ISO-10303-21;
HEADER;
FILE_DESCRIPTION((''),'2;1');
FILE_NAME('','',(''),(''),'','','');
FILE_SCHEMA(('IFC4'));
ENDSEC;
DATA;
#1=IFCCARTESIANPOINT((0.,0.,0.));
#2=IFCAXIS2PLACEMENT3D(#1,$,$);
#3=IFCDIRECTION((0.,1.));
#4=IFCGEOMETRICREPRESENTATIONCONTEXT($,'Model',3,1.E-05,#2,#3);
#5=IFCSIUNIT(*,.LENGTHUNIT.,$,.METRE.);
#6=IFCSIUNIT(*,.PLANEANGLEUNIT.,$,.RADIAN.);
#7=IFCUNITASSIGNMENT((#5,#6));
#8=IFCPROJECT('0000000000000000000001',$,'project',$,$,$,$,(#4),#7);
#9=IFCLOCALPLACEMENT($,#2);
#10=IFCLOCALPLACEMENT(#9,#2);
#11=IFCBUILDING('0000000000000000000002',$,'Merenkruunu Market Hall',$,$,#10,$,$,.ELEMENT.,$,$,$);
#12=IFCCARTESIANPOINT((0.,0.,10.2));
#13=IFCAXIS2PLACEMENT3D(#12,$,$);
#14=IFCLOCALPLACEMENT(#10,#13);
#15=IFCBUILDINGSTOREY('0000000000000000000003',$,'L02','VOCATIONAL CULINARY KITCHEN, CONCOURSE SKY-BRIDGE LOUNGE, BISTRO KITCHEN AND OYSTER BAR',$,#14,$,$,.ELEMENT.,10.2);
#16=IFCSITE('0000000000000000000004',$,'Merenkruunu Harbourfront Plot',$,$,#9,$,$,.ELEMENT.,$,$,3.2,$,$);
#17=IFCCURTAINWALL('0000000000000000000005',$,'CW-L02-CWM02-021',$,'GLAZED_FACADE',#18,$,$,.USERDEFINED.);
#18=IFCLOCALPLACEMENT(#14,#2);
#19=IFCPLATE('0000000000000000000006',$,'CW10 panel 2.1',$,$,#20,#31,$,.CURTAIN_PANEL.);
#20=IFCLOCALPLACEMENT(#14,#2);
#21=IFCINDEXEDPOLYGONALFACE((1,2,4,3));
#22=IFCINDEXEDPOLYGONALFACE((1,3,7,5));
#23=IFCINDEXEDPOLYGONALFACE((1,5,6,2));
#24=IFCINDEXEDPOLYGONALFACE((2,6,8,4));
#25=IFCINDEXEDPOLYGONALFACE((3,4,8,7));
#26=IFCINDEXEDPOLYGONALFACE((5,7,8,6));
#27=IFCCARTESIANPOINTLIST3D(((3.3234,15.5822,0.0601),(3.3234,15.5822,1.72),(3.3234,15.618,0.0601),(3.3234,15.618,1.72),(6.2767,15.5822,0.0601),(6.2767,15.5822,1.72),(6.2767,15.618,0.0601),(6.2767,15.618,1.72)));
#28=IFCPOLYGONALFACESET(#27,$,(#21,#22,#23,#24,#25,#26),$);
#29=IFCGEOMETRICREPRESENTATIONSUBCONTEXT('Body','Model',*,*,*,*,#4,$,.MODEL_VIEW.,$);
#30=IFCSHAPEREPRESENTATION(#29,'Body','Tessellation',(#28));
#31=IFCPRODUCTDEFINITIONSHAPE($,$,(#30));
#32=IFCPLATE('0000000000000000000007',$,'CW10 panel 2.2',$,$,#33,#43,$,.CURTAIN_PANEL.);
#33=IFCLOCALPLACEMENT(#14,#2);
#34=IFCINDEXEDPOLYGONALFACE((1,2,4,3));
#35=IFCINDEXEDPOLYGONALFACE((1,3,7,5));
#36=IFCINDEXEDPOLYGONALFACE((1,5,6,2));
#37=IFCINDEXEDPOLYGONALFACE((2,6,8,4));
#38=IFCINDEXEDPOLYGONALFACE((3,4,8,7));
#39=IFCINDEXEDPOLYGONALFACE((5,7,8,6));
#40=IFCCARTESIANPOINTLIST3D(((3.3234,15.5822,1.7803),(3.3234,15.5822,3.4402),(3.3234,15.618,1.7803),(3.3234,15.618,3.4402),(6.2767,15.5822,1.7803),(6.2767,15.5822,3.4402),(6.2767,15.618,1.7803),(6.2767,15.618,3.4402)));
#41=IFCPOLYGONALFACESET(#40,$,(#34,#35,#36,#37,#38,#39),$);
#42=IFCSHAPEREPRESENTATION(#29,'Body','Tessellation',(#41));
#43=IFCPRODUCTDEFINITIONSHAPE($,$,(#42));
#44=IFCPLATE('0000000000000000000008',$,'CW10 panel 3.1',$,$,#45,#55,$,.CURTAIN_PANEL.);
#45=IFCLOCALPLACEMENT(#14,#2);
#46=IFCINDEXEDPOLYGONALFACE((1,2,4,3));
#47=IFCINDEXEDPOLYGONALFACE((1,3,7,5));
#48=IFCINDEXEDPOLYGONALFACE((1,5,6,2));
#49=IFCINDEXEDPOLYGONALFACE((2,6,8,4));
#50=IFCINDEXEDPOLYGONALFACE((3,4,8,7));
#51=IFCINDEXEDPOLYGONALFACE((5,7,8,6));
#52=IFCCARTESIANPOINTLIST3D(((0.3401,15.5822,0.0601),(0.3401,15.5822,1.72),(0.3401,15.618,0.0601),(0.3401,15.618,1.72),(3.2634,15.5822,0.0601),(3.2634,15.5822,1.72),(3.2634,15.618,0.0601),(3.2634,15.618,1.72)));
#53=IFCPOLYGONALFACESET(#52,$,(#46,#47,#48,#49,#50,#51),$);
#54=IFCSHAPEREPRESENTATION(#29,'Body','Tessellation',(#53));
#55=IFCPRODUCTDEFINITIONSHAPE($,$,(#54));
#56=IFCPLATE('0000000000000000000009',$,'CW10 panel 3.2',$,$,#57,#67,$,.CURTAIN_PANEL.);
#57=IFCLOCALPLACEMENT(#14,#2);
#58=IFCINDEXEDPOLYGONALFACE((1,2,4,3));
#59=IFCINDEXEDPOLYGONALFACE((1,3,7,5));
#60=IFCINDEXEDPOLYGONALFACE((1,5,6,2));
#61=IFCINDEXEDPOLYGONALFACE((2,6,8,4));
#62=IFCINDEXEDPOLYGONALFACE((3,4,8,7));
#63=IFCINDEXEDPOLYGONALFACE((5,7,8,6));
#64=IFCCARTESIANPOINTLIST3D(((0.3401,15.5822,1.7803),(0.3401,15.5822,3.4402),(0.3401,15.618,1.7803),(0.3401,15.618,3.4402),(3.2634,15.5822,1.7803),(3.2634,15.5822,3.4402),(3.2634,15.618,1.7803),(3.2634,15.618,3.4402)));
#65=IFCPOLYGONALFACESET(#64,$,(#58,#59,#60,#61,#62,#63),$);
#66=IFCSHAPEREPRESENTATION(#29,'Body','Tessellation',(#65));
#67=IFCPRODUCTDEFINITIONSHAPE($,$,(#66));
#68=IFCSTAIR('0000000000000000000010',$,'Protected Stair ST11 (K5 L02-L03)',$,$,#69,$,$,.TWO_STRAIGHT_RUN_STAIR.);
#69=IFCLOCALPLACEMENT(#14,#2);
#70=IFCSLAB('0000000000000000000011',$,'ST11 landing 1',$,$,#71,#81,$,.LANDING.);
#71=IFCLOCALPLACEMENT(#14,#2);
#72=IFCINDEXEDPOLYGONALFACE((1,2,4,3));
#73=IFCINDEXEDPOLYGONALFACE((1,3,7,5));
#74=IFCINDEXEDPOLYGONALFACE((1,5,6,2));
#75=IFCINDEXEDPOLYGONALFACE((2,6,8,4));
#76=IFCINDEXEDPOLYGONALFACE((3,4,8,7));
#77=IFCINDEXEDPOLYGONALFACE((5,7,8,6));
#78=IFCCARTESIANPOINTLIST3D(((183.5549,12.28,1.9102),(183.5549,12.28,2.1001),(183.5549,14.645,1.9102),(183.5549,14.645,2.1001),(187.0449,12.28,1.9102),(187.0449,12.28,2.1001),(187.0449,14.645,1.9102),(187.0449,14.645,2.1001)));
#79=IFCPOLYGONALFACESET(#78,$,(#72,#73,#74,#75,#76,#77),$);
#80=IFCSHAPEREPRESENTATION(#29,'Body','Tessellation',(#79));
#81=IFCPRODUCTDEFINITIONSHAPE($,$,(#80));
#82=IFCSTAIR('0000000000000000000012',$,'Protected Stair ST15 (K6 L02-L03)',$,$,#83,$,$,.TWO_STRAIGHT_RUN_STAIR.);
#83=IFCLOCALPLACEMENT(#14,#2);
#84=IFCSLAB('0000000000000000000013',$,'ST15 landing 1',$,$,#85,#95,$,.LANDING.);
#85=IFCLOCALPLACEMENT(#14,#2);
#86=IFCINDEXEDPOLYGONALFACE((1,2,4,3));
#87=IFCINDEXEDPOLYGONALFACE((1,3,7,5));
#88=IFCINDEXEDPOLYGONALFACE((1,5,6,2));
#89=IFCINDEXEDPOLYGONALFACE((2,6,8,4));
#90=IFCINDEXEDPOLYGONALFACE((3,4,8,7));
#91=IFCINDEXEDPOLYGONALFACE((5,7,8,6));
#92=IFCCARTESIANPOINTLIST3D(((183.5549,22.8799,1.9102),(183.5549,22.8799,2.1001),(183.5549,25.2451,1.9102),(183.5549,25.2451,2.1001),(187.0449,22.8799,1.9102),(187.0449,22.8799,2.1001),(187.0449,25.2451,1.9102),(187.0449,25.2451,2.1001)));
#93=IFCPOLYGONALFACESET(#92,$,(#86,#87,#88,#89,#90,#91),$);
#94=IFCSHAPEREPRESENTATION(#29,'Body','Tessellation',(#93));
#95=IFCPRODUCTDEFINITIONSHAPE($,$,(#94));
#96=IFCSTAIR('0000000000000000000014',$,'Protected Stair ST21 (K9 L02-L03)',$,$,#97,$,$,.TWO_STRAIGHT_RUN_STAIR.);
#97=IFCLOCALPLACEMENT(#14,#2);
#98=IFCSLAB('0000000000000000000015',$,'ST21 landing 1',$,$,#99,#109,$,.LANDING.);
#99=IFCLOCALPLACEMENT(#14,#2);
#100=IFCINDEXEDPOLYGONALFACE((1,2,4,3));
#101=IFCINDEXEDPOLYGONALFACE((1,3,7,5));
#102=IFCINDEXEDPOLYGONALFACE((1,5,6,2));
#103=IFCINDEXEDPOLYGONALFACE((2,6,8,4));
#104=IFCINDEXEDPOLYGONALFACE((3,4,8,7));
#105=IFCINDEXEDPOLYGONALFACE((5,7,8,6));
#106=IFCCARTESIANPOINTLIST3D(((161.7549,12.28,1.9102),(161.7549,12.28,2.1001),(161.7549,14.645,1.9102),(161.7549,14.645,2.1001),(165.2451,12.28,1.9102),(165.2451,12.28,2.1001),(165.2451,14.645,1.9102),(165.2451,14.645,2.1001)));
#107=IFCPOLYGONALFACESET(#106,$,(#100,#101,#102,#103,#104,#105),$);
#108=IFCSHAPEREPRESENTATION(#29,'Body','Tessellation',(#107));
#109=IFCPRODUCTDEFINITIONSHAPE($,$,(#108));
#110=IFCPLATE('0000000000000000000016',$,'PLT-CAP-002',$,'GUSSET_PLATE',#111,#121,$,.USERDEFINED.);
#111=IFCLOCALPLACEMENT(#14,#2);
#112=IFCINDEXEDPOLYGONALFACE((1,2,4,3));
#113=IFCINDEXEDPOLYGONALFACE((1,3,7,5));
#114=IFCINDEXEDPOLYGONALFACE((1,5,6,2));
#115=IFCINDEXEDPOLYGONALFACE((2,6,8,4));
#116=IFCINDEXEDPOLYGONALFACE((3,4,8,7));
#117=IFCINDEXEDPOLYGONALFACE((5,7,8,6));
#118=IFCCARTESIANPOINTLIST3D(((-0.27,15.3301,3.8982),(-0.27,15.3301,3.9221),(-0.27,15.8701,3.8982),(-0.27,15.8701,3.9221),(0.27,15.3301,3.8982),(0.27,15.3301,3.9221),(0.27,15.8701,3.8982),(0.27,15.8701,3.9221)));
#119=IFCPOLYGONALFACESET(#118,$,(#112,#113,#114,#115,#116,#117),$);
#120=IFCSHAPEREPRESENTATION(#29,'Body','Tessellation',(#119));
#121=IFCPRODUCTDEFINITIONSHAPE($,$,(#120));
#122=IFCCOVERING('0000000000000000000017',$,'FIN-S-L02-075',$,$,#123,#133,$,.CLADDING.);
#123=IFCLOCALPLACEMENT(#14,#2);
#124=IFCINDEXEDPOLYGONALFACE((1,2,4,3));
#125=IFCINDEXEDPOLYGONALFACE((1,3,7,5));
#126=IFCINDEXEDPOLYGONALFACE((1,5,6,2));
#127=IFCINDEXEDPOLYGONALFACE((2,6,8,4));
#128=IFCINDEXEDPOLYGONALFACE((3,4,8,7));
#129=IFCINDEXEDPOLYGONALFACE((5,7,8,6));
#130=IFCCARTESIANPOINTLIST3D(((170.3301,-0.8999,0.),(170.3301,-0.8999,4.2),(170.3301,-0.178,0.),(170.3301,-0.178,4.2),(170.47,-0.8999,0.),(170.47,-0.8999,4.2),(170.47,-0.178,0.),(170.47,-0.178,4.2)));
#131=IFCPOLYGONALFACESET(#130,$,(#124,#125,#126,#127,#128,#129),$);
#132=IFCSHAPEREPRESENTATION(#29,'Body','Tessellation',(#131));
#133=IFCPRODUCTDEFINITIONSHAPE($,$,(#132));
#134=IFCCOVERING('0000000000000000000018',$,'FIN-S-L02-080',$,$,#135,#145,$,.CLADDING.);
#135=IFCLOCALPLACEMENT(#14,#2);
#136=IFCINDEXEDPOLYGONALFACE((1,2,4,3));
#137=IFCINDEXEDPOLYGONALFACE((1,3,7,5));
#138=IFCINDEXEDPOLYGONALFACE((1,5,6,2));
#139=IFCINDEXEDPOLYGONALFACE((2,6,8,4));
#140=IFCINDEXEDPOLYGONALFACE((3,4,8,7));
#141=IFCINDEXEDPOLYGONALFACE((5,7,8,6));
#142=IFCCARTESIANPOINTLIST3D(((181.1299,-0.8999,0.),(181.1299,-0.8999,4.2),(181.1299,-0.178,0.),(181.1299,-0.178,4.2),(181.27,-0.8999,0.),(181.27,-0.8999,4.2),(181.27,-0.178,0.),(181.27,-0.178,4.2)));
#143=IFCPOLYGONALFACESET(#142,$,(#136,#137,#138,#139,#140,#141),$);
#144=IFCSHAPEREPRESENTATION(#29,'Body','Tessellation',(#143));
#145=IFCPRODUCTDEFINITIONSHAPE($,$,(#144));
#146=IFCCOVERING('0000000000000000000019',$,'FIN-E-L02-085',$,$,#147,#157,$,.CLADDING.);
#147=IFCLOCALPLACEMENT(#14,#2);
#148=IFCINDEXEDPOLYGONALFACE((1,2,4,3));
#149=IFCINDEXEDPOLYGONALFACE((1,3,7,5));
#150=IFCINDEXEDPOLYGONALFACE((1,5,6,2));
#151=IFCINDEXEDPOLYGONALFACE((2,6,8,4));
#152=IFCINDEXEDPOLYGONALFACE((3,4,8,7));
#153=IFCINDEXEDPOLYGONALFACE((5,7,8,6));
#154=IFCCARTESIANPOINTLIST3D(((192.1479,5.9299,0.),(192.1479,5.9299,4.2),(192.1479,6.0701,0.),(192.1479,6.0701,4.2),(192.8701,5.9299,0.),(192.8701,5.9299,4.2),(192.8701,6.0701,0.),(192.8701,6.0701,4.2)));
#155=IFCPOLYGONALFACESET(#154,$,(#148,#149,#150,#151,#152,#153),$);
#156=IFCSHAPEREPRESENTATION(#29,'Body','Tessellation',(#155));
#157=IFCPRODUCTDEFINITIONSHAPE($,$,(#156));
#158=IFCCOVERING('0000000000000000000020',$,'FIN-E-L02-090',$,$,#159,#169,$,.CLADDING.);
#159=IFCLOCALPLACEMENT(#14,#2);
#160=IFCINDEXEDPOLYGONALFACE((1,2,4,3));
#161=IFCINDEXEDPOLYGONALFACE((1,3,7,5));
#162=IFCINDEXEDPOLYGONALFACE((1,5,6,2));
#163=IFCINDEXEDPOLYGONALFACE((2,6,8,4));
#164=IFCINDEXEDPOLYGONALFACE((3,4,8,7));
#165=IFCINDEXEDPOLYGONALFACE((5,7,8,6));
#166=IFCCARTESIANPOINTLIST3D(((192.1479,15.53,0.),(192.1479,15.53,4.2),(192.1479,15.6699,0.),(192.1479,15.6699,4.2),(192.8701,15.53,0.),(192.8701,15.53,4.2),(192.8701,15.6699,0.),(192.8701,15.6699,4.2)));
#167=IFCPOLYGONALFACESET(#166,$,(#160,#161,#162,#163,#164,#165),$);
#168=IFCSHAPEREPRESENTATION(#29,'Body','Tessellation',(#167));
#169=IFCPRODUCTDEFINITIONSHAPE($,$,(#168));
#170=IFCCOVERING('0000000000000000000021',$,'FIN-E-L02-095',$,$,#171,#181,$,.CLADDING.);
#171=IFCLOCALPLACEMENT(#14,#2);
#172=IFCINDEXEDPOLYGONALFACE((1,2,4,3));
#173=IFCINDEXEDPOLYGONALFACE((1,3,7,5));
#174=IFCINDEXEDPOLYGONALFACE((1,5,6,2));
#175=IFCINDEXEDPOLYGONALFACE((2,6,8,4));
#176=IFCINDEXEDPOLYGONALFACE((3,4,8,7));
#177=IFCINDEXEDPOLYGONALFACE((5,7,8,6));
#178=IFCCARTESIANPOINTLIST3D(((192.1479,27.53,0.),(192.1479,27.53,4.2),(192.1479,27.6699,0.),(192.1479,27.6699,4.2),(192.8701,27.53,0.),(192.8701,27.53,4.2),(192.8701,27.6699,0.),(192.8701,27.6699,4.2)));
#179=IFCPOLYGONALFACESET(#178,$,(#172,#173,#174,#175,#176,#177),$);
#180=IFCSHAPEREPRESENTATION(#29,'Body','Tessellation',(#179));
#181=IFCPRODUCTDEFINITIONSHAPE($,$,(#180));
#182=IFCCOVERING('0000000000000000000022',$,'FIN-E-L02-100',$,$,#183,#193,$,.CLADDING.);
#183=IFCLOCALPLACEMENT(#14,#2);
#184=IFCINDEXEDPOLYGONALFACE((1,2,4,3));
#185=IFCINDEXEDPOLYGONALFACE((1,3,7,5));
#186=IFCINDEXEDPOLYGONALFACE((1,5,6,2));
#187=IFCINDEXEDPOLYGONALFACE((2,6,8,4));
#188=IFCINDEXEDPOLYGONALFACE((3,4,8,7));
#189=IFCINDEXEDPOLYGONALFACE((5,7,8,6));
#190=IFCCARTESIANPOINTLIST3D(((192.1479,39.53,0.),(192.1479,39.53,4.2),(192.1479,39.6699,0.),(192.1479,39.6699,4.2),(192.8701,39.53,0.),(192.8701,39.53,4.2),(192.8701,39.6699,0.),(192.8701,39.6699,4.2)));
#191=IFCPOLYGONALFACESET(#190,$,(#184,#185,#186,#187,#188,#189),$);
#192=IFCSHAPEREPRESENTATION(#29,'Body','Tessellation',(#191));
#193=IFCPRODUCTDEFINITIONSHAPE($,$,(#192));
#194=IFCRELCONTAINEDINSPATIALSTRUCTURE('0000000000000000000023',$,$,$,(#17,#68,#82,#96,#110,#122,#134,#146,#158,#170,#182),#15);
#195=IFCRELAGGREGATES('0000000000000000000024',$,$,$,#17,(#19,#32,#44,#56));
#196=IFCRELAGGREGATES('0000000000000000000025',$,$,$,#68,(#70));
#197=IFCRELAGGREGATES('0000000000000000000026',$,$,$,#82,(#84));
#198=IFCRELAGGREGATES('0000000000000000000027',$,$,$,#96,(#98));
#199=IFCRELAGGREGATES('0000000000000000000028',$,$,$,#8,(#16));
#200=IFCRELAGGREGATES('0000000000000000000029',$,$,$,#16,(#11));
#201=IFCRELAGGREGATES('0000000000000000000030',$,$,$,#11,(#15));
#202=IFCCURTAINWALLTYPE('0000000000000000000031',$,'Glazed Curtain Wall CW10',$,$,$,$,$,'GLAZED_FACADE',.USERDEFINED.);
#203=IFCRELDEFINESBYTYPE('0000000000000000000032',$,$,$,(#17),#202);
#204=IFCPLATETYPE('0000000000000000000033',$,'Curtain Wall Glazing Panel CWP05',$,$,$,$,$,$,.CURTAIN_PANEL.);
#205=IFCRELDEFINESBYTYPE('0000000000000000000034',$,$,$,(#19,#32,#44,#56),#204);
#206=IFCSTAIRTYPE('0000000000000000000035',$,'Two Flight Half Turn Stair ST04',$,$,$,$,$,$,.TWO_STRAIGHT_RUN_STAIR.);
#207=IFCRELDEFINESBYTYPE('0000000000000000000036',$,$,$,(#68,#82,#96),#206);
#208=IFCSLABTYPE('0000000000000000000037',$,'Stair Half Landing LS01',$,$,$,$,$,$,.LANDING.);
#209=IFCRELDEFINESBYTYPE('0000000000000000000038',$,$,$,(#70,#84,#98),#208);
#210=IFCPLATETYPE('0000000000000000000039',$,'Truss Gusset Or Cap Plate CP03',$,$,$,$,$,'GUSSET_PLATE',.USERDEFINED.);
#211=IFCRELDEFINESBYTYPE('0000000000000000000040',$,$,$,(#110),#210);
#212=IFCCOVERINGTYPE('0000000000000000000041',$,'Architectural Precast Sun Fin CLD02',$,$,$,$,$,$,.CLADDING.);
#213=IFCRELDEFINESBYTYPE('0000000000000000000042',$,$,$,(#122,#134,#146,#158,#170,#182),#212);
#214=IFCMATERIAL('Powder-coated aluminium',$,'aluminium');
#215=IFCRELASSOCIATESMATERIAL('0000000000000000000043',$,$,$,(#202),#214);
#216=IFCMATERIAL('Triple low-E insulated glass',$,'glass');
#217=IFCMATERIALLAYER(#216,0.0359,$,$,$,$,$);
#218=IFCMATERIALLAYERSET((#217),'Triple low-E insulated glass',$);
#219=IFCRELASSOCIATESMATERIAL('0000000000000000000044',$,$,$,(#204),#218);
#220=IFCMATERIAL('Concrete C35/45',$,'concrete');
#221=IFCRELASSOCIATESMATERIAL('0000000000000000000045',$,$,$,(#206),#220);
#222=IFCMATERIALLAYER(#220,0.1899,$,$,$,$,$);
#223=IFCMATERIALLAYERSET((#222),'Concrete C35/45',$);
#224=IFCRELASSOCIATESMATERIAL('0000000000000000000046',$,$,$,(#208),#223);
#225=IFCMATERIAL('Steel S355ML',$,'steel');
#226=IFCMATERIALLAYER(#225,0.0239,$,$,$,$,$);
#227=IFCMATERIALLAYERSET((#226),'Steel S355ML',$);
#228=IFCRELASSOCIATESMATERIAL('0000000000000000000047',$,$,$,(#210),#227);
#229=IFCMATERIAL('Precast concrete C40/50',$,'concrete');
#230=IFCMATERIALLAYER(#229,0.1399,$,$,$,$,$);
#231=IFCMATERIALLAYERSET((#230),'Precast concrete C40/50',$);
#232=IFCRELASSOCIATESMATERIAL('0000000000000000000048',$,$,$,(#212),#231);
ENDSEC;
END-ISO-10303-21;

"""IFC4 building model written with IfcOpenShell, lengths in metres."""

from ifc_helpers import new_model, si_unit, direction, frame, origin, origin_2d, place, context, subcontext, project, spatial, polyline, rectangle, outline, extrude, material, layer, layer_set, type_object, element, aggregate, save


model = new_model("IFC4")

# Units and contexts
model_context = context("Model", 3, precision=1e-05, world=origin(), true_north=direction((0.0, 1.0)))
body_context = subcontext(model_context, "Body", "Model", "MODEL_VIEW")
ifc_project = project(units=[si_unit("LENGTHUNIT", "METRE"), si_unit("PLANEANGLEUNIT", "RADIAN")], contexts=[model_context])

# Site, building, storey
site_placement = place(None, origin())
site = spatial("IfcSite", under=ifc_project, at=site_placement, Name="Merenkruunu Harbourfront Plot", CompositionType="ELEMENT", RefElevation=3.2)
building_placement = place(site_placement, origin())
building = spatial("IfcBuilding", under=site, at=building_placement, Name="Merenkruunu Market Hall", CompositionType="ELEMENT")
storey_placement = place(building_placement, frame((0.0, 0.0, 10.2)))
storey = spatial("IfcBuildingStorey", under=building, at=storey_placement, Name="L02", Description="VOCATIONAL CULINARY KITCHEN, CONCOURSE SKY-BRIDGE LOUNGE, BISTRO KITCHEN AND OYSTER BAR", CompositionType="ELEMENT", Elevation=10.2)

# Shared definitions
ifc_material_1 = material(Name="Steel S355ML", Category="steel")

# Curtain wall
ifc_material_2 = material(Name="Powder-coated aluminium", Category="aluminium")
curtain_wall_type = type_object("IfcCurtainWallType", Name="Glazed Curtain Wall CW10", ElementType="GLAZED_FACADE", PredefinedType="USERDEFINED", material=ifc_material_2)
curtain_wall_placement = place(storey_placement, origin())
curtain_wall = element("IfcCurtainWall", 1, at=curtain_wall_placement, inside=storey, type_object=curtain_wall_type, Name="CW-L02-CWM02-021", ObjectType="GLAZED_FACADE", PredefinedType="USERDEFINED")

# Plates
ifc_material_3 = material(Name="Triple low-E insulated glass", Category="glass")
ifc_layer_1 = layer(ifc_material_3, 0.0359)
ifc_layer_set_1 = layer_set([ifc_layer_1], Name="Triple low-E insulated glass")
plate_type_1 = type_object("IfcPlateType", Name="Curtain Wall Glazing Panel CWP05", PredefinedType="CURTAIN_PANEL", material=ifc_layer_set_1)
plate_1_placement = place(storey_placement, frame((4.8, 15.6001, 0.0601), z_axis=(0.0, 0.0, 1.0), x_axis=(-1.0, 0.0, 0.0)))
plate_1 = element("IfcPlate", 2, at=plate_1_placement, type_object=plate_type_1, Name="CW10 panel 2.1", PredefinedType="CURTAIN_PANEL", context=body_context, shape_type="SweptSolid", body=[
    extrude(rectangle(XDim=2.9534, YDim=0.0359, at=origin_2d()), origin(), (0.0, 0.0, 1.0), 1.6599),
])
plate_2_placement = place(storey_placement, frame((4.8, 15.6001, 1.7803), z_axis=(0.0, 0.0, 1.0), x_axis=(-1.0, 0.0, 0.0)))
plate_2 = element("IfcPlate", 3, at=plate_2_placement, type_object=plate_type_1, Name="CW10 panel 2.2", PredefinedType="CURTAIN_PANEL", context=body_context, shape_type="SweptSolid", body=[
    extrude(rectangle(XDim=2.9534, YDim=0.0359, at=origin_2d()), origin(), (0.0, 0.0, 1.0), 1.6599),
])
plate_3_placement = place(storey_placement, frame((1.8018, 15.6001, 0.0601), z_axis=(0.0, 0.0, 1.0), x_axis=(-1.0, 0.0, 0.0)))
plate_3 = element("IfcPlate", 4, at=plate_3_placement, type_object=plate_type_1, Name="CW10 panel 3.1", PredefinedType="CURTAIN_PANEL", context=body_context, shape_type="SweptSolid", body=[
    extrude(rectangle(XDim=2.9233, YDim=0.0359, at=origin_2d()), origin(), (0.0, 0.0, 1.0), 1.6599),
])
plate_4_placement = place(storey_placement, frame((1.8018, 15.6001, 1.7803), z_axis=(0.0, 0.0, 1.0), x_axis=(-1.0, 0.0, 0.0)))
plate_4 = element("IfcPlate", 5, at=plate_4_placement, type_object=plate_type_1, Name="CW10 panel 3.2", PredefinedType="CURTAIN_PANEL", context=body_context, shape_type="SweptSolid", body=[
    extrude(rectangle(XDim=2.9233, YDim=0.0359, at=origin_2d()), origin(), (0.0, 0.0, 1.0), 1.6599),
])
aggregate(curtain_wall, [plate_1, plate_2, plate_3, plate_4])

# Stairs, slabs
ifc_material_4 = material(Name="Concrete C35/45", Category="concrete")
stair_type = type_object("IfcStairType", Name="Two Flight Half Turn Stair ST04", PredefinedType="TWO_STRAIGHT_RUN_STAIR", material=ifc_material_4)
stair_1_placement = place(storey_placement, origin())
stair_1 = element("IfcStair", 6, at=stair_1_placement, inside=storey, type_object=stair_type, Name="Protected Stair ST11 (K5 L02-L03)", PredefinedType="TWO_STRAIGHT_RUN_STAIR")
ifc_layer_2 = layer(ifc_material_4, 0.1899)
ifc_layer_set_2 = layer_set([ifc_layer_2], Name="Concrete C35/45")
slab_type = type_object("IfcSlabType", Name="Stair Half Landing LS01", PredefinedType="LANDING", material=ifc_layer_set_2)
slab_1_placement = place(storey_placement, frame((0.0, 0.0, 1.9102)))
slab_1 = element("IfcSlab", 7, at=slab_1_placement, type_object=slab_type, Name="ST11 landing 1", PredefinedType="LANDING", context=body_context, shape_type="SweptSolid", body=[
    extrude(outline(polyline([(183.5549, 12.28), (187.0449, 12.28), (187.0449, 14.645), (183.5549, 14.645), (183.5549, 12.28)])), origin(), (0.0, 0.0, 1.0), 0.1899),
])
aggregate(stair_1, [slab_1])
stair_2_placement = place(storey_placement, origin())
stair_2 = element("IfcStair", 8, at=stair_2_placement, inside=storey, type_object=stair_type, Name="Protected Stair ST15 (K6 L02-L03)", PredefinedType="TWO_STRAIGHT_RUN_STAIR")
slab_2_placement = place(storey_placement, frame((0.0, 0.0, 1.9102)))
slab_2 = element("IfcSlab", 9, at=slab_2_placement, type_object=slab_type, Name="ST15 landing 1", PredefinedType="LANDING", context=body_context, shape_type="SweptSolid", body=[
    extrude(outline(polyline([(183.5549, 22.8799), (187.0449, 22.8799), (187.0449, 25.2451), (183.5549, 25.2451), (183.5549, 22.8799)])), origin(), (0.0, 0.0, 1.0), 0.1899),
])
aggregate(stair_2, [slab_2])
stair_3_placement = place(storey_placement, origin())
stair_3 = element("IfcStair", 10, at=stair_3_placement, inside=storey, type_object=stair_type, Name="Protected Stair ST21 (K9 L02-L03)", PredefinedType="TWO_STRAIGHT_RUN_STAIR")
slab_3_placement = place(storey_placement, frame((0.0, 0.0, 1.9102)))
slab_3 = element("IfcSlab", 11, at=slab_3_placement, type_object=slab_type, Name="ST21 landing 1", PredefinedType="LANDING", context=body_context, shape_type="SweptSolid", body=[
    extrude(outline(polyline([(161.7549, 12.28), (165.2451, 12.28), (165.2451, 14.645), (161.7549, 14.645), (161.7549, 12.28)])), origin(), (0.0, 0.0, 1.0), 0.1899),
])
aggregate(stair_3, [slab_3])

# Plate
ifc_layer_3 = layer(ifc_material_1, 0.0239)
ifc_layer_set_3 = layer_set([ifc_layer_3], Name="Steel S355ML")
plate_type_2 = type_object("IfcPlateType", Name="Truss Gusset Or Cap Plate CP03", ElementType="GUSSET_PLATE", PredefinedType="USERDEFINED", material=ifc_layer_set_3)
plate_5_placement = place(storey_placement, frame((0.0, 15.6001, 3.8982), z_axis=(0.0, 0.0, 1.0), x_axis=(1.0, 0.0, 0.0)))
element("IfcPlate", 12, at=plate_5_placement, inside=storey, type_object=plate_type_2, Name="PLT-CAP-002", ObjectType="GUSSET_PLATE", PredefinedType="USERDEFINED", context=body_context, shape_type="SweptSolid", body=[
    extrude(rectangle(XDim=0.54, YDim=0.54, at=origin_2d()), origin(), (0.0, 0.0, 1.0), 0.0239),
])

# Coverings
ifc_material_5 = material(Name="Precast concrete C40/50", Category="concrete")
ifc_layer_4 = layer(ifc_material_5, 0.1399)
ifc_layer_set_4 = layer_set([ifc_layer_4], Name="Precast concrete C40/50")
covering_type_1 = type_object("IfcCoveringType", Name="Architectural Precast Sun Fin CLD02", PredefinedType="CLADDING", material=ifc_layer_set_4)
covering_1_placement = place(storey_placement, origin())
element("IfcCovering", 13, at=covering_1_placement, inside=storey, type_object=covering_type_1, Name="FIN-S-L02-075", PredefinedType="CLADDING", context=body_context, shape_type="SweptSolid", body=[
    extrude(outline(polyline([(170.3301, -0.8999), (170.47, -0.8999), (170.47, -0.178), (170.3301, -0.178), (170.3301, -0.8999)])), origin(), (0.0, 0.0, 1.0), 4.2),
])
covering_2_placement = place(storey_placement, origin())
element("IfcCovering", 14, at=covering_2_placement, inside=storey, type_object=covering_type_1, Name="FIN-S-L02-080", PredefinedType="CLADDING", context=body_context, shape_type="SweptSolid", body=[
    extrude(outline(polyline([(181.1299, -0.8999), (181.27, -0.8999), (181.27, -0.178), (181.1299, -0.178), (181.1299, -0.8999)])), origin(), (0.0, 0.0, 1.0), 4.2),
])
covering_3_placement = place(storey_placement, origin())
element("IfcCovering", 15, at=covering_3_placement, inside=storey, type_object=covering_type_1, Name="FIN-E-L02-085", PredefinedType="CLADDING", context=body_context, shape_type="SweptSolid", body=[
    extrude(outline(polyline([(192.1479, 5.9299), (192.8701, 5.9299), (192.8701, 6.0701), (192.1479, 6.0701), (192.1479, 5.9299)])), origin(), (0.0, 0.0, 1.0), 4.2),
])
covering_4_placement = place(storey_placement, origin())
element("IfcCovering", 16, at=covering_4_placement, inside=storey, type_object=covering_type_1, Name="FIN-E-L02-090", PredefinedType="CLADDING", context=body_context, shape_type="SweptSolid", body=[
    extrude(outline(polyline([(192.1479, 15.53), (192.8701, 15.53), (192.8701, 15.6699), (192.1479, 15.6699), (192.1479, 15.53)])), origin(), (0.0, 0.0, 1.0), 4.2),
])
covering_5_placement = place(storey_placement, origin())
element("IfcCovering", 17, at=covering_5_placement, inside=storey, type_object=covering_type_1, Name="FIN-E-L02-095", PredefinedType="CLADDING", context=body_context, shape_type="SweptSolid", body=[
    extrude(outline(polyline([(192.1479, 27.53), (192.8701, 27.53), (192.8701, 27.6699), (192.1479, 27.6699), (192.1479, 27.53)])), origin(), (0.0, 0.0, 1.0), 4.2),
])
covering_6_placement = place(storey_placement, origin())
element("IfcCovering", 18, at=covering_6_placement, inside=storey, type_object=covering_type_1, Name="FIN-E-L02-100", PredefinedType="CLADDING", context=body_context, shape_type="SweptSolid", body=[
    extrude(outline(polyline([(192.1479, 39.53), (192.8701, 39.53), (192.8701, 39.6699), (192.1479, 39.6699), (192.1479, 39.53)])), origin(), (0.0, 0.0, 1.0), 4.2),
])

save(model, "model.ifc")
